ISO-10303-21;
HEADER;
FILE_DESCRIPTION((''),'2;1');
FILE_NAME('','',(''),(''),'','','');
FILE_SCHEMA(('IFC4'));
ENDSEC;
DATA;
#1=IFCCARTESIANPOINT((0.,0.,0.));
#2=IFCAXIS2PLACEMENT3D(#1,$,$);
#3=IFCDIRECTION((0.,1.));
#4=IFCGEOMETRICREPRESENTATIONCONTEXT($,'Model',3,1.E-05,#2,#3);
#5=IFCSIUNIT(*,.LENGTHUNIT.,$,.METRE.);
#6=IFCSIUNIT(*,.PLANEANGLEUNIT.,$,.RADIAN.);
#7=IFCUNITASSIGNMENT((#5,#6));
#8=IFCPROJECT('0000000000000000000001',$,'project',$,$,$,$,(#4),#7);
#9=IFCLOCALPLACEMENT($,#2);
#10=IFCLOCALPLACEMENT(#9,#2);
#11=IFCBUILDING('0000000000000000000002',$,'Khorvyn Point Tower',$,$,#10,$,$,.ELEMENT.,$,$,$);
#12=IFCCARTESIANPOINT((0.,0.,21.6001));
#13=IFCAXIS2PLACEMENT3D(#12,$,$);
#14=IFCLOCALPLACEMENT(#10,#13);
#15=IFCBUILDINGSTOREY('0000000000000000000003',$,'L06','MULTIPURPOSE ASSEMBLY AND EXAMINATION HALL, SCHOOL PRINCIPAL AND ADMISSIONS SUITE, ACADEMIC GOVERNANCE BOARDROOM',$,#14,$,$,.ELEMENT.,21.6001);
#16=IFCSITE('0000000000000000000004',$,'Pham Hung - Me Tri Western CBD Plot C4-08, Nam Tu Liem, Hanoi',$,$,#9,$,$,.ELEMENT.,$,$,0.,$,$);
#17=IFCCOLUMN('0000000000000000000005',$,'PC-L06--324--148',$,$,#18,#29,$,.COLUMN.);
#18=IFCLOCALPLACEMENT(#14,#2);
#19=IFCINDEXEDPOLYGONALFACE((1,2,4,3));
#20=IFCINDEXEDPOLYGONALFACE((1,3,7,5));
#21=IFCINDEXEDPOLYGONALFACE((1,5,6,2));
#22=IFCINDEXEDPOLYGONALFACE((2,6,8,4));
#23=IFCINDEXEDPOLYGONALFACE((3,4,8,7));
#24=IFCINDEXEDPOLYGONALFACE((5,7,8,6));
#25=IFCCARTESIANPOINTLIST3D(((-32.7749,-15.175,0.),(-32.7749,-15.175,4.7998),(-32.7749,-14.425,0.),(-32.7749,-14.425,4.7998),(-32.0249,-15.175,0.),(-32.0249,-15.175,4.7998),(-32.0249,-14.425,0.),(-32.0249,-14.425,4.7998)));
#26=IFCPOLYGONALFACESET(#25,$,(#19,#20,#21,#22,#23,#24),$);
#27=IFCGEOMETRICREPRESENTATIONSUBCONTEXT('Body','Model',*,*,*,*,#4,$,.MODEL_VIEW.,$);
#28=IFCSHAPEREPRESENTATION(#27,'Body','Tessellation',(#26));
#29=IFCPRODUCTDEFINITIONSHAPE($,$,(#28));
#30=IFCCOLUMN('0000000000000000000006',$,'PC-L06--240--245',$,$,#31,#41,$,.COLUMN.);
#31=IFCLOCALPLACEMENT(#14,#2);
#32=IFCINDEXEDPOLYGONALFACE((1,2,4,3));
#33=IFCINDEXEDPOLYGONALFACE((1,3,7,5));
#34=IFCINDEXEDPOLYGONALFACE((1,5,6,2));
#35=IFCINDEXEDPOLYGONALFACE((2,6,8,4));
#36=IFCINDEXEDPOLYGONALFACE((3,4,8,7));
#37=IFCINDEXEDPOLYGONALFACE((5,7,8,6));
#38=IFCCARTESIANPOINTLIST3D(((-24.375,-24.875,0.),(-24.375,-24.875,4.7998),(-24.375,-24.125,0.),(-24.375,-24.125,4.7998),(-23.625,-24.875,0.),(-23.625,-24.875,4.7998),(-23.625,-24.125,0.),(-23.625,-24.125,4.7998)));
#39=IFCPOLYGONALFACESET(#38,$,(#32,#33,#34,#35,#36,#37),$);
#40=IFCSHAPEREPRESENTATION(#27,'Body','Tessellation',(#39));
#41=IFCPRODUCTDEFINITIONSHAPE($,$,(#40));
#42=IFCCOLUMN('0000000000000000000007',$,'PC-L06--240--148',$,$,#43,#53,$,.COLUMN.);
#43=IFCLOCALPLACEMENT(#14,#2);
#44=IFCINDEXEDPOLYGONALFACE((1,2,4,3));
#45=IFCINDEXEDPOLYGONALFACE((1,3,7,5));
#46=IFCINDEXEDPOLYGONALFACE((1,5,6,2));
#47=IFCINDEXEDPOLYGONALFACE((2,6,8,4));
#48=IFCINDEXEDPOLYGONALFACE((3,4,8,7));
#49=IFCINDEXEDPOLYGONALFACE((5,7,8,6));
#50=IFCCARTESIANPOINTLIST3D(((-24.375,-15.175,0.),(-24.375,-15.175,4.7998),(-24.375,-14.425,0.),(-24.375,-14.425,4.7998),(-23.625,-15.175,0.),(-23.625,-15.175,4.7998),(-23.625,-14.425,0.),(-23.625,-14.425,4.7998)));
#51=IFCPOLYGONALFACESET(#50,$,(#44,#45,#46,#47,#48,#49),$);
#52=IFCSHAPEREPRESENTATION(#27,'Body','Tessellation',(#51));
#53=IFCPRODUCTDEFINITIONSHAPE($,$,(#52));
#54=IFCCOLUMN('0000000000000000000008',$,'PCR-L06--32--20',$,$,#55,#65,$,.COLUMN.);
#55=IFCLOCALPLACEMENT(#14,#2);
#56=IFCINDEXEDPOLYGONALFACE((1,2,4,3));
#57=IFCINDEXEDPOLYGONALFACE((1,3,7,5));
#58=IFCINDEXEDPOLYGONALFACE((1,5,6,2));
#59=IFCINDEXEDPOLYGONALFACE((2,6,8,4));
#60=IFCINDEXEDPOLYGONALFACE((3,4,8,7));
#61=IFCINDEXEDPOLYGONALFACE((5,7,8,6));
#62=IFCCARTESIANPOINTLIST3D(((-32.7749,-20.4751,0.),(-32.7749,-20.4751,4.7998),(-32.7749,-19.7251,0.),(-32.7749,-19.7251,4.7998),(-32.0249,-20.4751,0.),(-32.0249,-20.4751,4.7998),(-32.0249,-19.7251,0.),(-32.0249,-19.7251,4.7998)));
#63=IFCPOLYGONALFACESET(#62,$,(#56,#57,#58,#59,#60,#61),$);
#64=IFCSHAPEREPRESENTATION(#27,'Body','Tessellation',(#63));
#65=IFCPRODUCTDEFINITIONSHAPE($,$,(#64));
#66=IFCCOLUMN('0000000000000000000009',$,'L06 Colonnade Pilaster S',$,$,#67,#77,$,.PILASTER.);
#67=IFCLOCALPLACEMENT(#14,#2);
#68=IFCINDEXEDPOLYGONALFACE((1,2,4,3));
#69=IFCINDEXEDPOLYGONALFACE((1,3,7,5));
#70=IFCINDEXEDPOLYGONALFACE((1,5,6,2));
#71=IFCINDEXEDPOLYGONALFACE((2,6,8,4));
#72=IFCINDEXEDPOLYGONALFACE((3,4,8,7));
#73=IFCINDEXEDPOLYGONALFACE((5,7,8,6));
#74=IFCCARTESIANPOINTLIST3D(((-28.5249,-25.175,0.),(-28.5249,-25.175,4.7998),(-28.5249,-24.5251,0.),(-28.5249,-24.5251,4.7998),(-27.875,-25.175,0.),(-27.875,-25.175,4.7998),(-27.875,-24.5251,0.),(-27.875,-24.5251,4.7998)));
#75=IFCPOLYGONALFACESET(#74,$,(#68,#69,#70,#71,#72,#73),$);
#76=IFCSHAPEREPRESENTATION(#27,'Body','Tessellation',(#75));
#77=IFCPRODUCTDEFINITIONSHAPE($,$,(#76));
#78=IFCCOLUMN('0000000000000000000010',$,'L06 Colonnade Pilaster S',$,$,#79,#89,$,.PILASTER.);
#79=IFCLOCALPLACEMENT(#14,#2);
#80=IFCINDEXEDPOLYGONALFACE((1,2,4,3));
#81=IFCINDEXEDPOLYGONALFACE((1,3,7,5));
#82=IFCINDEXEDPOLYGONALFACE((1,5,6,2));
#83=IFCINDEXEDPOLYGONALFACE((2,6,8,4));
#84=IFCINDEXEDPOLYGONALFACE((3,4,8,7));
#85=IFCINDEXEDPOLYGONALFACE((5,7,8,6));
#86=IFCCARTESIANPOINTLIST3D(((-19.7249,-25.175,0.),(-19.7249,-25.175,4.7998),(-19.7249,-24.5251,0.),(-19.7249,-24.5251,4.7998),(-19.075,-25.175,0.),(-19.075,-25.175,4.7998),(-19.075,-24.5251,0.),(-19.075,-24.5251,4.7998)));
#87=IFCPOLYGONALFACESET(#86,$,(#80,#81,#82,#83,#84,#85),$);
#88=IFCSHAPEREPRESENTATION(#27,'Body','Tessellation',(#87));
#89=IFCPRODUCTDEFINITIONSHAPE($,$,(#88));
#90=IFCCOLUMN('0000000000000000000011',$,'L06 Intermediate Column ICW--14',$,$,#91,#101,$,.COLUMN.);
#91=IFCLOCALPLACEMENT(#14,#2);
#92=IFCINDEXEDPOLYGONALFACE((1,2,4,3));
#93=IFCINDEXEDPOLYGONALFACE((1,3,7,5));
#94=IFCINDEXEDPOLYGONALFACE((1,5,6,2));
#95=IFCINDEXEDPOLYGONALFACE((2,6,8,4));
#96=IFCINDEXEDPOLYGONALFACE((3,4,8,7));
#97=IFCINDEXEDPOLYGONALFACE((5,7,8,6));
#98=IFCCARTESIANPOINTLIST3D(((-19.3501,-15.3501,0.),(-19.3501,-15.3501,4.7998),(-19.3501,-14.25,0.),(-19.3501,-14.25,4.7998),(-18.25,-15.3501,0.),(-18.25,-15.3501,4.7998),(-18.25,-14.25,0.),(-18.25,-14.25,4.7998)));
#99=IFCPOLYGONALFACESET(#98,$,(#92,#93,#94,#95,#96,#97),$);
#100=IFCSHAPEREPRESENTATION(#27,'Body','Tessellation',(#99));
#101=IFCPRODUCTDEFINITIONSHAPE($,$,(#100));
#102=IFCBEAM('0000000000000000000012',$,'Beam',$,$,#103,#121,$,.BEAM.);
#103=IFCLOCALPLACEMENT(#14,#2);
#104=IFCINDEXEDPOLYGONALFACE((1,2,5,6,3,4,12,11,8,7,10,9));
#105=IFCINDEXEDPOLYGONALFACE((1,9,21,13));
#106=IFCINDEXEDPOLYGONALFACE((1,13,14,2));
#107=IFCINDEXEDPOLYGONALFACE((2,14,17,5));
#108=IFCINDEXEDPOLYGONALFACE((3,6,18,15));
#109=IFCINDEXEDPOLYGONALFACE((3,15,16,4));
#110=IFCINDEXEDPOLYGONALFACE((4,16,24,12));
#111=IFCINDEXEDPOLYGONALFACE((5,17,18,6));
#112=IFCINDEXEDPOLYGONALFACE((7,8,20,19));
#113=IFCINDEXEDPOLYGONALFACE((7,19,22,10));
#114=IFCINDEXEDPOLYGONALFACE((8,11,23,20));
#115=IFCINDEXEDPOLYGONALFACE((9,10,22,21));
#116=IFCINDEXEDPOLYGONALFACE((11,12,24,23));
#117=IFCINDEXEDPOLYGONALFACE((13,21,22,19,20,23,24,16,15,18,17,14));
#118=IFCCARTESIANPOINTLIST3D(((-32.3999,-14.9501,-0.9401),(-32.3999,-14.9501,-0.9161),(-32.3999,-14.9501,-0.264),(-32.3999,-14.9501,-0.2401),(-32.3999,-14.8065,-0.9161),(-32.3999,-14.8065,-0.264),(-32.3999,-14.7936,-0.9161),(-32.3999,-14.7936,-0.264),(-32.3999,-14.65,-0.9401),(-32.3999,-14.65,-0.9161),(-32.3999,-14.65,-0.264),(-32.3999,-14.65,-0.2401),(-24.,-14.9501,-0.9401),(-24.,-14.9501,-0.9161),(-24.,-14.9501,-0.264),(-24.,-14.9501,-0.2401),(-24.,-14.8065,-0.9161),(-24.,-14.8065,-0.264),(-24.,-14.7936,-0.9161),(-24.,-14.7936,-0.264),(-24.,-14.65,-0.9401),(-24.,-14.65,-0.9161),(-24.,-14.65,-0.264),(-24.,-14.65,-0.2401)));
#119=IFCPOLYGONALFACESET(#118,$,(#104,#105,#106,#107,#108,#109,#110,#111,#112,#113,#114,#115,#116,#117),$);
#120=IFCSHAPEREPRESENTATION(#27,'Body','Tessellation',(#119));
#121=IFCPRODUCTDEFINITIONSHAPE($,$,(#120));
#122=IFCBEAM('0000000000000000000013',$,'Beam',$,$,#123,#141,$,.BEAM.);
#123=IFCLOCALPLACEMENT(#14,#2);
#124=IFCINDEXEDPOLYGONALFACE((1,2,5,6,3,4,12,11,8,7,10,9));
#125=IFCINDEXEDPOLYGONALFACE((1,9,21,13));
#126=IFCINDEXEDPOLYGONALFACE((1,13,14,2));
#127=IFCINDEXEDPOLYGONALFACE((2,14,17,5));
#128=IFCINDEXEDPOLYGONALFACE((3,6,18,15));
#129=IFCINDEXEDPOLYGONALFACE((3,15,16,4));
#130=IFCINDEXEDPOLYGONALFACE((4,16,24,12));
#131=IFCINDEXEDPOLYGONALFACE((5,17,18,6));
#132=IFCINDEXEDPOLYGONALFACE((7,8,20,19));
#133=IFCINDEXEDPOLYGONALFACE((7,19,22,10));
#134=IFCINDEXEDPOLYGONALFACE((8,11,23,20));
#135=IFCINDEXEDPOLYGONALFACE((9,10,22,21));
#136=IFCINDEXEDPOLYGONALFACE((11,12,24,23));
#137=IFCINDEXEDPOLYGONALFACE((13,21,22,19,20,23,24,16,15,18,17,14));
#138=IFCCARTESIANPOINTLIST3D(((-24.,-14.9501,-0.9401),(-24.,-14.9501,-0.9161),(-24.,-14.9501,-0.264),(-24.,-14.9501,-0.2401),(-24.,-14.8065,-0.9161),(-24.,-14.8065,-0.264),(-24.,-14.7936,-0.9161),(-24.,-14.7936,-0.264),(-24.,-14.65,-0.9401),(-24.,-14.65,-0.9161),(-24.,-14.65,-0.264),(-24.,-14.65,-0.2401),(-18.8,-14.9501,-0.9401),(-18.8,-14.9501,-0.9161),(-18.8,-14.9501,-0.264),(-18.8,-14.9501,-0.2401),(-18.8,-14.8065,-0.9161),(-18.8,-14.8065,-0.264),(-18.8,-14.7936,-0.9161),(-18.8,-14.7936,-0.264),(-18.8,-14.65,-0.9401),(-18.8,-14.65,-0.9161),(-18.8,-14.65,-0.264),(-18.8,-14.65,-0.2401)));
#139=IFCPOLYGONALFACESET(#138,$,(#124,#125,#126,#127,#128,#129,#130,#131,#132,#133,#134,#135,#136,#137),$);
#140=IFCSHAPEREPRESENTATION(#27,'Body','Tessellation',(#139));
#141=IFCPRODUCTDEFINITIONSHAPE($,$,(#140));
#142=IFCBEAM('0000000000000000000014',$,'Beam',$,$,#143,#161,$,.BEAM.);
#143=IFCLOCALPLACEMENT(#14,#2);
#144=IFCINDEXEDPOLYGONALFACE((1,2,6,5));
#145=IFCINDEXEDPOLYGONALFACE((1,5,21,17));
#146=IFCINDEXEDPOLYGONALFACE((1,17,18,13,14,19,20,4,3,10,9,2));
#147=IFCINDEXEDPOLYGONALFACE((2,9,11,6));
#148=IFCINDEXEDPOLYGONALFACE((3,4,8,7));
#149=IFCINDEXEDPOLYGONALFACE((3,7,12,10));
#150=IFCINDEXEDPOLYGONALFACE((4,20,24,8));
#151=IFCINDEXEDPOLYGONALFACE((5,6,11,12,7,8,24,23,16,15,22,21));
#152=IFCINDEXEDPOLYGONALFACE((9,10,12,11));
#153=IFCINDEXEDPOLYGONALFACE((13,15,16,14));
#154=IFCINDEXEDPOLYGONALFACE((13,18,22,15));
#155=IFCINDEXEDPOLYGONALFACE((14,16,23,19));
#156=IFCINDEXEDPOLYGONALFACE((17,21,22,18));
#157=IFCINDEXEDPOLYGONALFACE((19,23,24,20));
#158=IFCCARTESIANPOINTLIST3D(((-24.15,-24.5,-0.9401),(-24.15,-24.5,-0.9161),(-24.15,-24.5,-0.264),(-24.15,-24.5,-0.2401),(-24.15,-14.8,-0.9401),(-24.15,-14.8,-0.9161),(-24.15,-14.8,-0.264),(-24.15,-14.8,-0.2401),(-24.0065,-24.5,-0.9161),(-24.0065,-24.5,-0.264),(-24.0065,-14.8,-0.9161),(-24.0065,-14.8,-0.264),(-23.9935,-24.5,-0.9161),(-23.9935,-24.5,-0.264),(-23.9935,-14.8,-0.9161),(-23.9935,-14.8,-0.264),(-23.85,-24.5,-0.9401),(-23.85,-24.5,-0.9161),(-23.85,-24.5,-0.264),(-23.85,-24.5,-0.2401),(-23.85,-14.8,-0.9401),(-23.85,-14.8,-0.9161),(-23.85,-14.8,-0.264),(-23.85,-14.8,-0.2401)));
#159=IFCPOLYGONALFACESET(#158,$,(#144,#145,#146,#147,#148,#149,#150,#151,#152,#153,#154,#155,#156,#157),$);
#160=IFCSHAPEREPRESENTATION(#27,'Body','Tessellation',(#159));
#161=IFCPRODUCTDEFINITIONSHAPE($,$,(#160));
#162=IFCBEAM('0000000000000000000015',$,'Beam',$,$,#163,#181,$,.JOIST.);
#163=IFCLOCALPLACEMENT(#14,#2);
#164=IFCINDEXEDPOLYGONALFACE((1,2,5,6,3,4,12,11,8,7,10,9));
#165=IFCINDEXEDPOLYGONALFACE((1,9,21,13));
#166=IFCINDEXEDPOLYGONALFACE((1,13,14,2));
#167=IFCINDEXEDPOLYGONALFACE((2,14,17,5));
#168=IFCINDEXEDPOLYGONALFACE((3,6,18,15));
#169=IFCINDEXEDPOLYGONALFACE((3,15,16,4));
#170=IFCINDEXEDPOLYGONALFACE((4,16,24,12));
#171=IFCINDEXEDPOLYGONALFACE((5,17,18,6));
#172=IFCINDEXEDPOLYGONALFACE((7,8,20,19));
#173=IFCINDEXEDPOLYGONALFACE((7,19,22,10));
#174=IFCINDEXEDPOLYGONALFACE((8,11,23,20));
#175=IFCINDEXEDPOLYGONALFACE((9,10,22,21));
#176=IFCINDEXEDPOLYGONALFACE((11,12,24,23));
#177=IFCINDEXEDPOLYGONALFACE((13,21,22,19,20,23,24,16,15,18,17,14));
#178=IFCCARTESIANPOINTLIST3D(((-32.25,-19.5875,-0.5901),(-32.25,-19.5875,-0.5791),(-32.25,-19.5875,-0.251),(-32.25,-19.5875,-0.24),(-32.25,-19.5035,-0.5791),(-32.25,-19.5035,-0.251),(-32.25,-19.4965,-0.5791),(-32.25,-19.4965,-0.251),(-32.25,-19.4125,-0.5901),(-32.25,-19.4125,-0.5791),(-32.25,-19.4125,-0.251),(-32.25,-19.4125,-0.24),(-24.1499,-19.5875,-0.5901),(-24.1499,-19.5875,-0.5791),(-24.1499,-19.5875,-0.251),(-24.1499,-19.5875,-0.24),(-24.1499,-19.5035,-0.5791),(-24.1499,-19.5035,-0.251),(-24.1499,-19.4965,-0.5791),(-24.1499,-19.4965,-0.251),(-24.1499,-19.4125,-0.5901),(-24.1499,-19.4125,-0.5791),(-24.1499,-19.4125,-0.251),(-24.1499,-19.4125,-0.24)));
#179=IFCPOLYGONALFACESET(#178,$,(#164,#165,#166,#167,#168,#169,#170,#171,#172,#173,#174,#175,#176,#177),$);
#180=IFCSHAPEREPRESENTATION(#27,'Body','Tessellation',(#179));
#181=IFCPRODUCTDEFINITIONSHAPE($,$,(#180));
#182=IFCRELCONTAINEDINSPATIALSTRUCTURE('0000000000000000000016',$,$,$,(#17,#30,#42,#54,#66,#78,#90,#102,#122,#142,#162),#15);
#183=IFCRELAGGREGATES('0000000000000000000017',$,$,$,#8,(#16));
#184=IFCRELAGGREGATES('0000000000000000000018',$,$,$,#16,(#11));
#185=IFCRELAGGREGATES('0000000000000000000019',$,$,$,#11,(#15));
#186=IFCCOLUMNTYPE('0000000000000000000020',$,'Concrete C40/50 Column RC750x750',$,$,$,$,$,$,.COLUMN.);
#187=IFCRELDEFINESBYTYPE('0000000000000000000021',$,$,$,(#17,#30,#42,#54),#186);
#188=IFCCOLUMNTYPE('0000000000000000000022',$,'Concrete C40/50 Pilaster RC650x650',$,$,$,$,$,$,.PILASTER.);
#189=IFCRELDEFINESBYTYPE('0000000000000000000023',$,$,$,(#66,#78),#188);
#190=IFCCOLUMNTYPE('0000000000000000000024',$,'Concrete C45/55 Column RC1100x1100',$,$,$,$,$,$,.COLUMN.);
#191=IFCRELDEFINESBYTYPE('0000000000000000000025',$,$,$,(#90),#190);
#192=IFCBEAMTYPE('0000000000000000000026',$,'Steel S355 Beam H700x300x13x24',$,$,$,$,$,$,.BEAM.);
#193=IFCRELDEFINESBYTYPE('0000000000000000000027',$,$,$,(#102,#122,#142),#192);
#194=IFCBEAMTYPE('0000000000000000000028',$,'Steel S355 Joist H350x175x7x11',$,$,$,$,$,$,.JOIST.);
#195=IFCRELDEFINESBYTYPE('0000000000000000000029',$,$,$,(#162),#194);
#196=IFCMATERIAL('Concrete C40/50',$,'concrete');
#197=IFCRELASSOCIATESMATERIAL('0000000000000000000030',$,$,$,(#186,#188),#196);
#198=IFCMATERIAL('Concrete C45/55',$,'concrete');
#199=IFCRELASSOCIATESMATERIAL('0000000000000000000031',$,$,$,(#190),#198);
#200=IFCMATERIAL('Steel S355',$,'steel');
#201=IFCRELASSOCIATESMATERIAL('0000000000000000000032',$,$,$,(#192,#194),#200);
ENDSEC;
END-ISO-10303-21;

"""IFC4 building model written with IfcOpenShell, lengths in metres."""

from ifc_helpers import new_model, si_unit, direction, frame, origin, origin_2d, place, context, subcontext, project, spatial, rectangle, i_section, extrude, material, material_profile, profile_set, type_object, element, save


model = new_model("IFC4")

# Units and contexts
model_context = context("Model", 3, precision=1e-05, world=origin(), true_north=direction((0.0, 1.0)))
body_context = subcontext(model_context, "Body", "Model", "MODEL_VIEW")
ifc_project = project(units=[si_unit("LENGTHUNIT", "METRE"), si_unit("PLANEANGLEUNIT", "RADIAN")], contexts=[model_context])

# Site, building, storey
site_placement = place(None, origin())
site = spatial("IfcSite", under=ifc_project, at=site_placement, Name="Pham Hung - Me Tri Western CBD Plot C4-08, Nam Tu Liem, Hanoi", CompositionType="ELEMENT", RefElevation=0.0)
building_placement = place(site_placement, origin())
building = spatial("IfcBuilding", under=site, at=building_placement, Name="Khorvyn Point Tower", CompositionType="ELEMENT")
storey_placement = place(building_placement, frame((0.0, 0.0, 21.6001)))
storey = spatial("IfcBuildingStorey", under=building, at=storey_placement, Name="L06", Description="MULTIPURPOSE ASSEMBLY AND EXAMINATION HALL, SCHOOL PRINCIPAL AND ADMISSIONS SUITE, ACADEMIC GOVERNANCE BOARDROOM", CompositionType="ELEMENT", Elevation=21.6001)

# Columns
ifc_material_1 = material(Name="Concrete C40/50", Category="concrete")
ifc_material_profile_1 = material_profile(ifc_material_1, rectangle(XDim=0.75, YDim=0.75, at=origin_2d()))
ifc_profile_set_1 = profile_set([ifc_material_profile_1], Name="Concrete C40/50 RC750x750")
column_type_1 = type_object("IfcColumnType", Name="Concrete C40/50 Column RC750x750", PredefinedType="COLUMN", material=ifc_profile_set_1)
for number, where, z_axis, x_axis, name in (
    (1, (-32.3999, -14.8, 0.0), (0.0, 0.0, 1.0), (1.0, 0.0, 0.0), "PC-L06--324--148"),
    (2, (-24.0, -24.5, 0.0), (0.0, 0.0, 1.0), (1.0, 0.0, 0.0), "PC-L06--240--245"),
    (3, (-24.0, -14.8, 0.0), (0.0, 0.0, 1.0), (1.0, 0.0, 0.0), "PC-L06--240--148"),
    (4, (-32.3999, -20.1001, 0.0), (0.0, 0.0, 1.0), (1.0, 0.0, 0.0), "PCR-L06--32--20"),
):
    element("IfcColumn", number, at=place(storey_placement, frame(where, z_axis=z_axis, x_axis=x_axis)), inside=storey, type_object=column_type_1, Name=name, PredefinedType="COLUMN", context=body_context, shape_type="SweptSolid", body=[
        extrude(rectangle(XDim=0.75, YDim=0.75, at=origin_2d()), origin(), (0.0, 0.0, 1.0), 4.7998),
    ])
ifc_material_profile_2 = material_profile(ifc_material_1, rectangle(XDim=0.6499, YDim=0.6499, at=origin_2d()))
ifc_profile_set_2 = profile_set([ifc_material_profile_2], Name="Concrete C40/50 RC650x650")
column_type_2 = type_object("IfcColumnType", Name="Concrete C40/50 Pilaster RC650x650", PredefinedType="PILASTER", material=ifc_profile_set_2)
for number, where, z_axis, x_axis, name in (
    (5, (-28.2, -24.8501, 0.0), (0.0, 0.0, 1.0), (1.0, 0.0, 0.0), "L06 Colonnade Pilaster S"),
    (6, (-19.3999, -24.8501, 0.0), (0.0, 0.0, 1.0), (1.0, 0.0, 0.0), "L06 Colonnade Pilaster S"),
):
    element("IfcColumn", number, at=place(storey_placement, frame(where, z_axis=z_axis, x_axis=x_axis)), inside=storey, type_object=column_type_2, Name=name, PredefinedType="PILASTER", context=body_context, shape_type="SweptSolid", body=[
        extrude(rectangle(XDim=0.6499, YDim=0.6499, at=origin_2d()), origin(), (0.0, 0.0, 1.0), 4.7998),
    ])
ifc_material_2 = material(Name="Concrete C45/55", Category="concrete")
ifc_material_profile_3 = material_profile(ifc_material_2, rectangle(XDim=1.1001, YDim=1.1001, at=origin_2d()))
ifc_profile_set_3 = profile_set([ifc_material_profile_3], Name="Concrete C45/55 RC1100x1100")
column_type_3 = type_object("IfcColumnType", Name="Concrete C45/55 Column RC1100x1100", PredefinedType="COLUMN", material=ifc_profile_set_3)
column_placement = place(storey_placement, frame((-18.8, -14.8, 0.0), z_axis=(0.0, 0.0, 1.0), x_axis=(1.0, 0.0, 0.0)))
element("IfcColumn", 7, at=column_placement, inside=storey, type_object=column_type_3, Name="L06 Intermediate Column ICW--14", PredefinedType="COLUMN", context=body_context, shape_type="SweptSolid", body=[
    extrude(rectangle(XDim=1.1001, YDim=1.1001, at=origin_2d()), origin(), (0.0, 0.0, 1.0), 4.7998),
])

# Beams
ifc_material_3 = material(Name="Steel S355", Category="steel")
ifc_material_profile_4 = material_profile(ifc_material_3, i_section(OverallWidth=0.3, OverallDepth=0.7, WebThickness=0.0129, FlangeThickness=0.0239, at=origin_2d()))
ifc_profile_set_4 = profile_set([ifc_material_profile_4], Name="Steel S355 H700x300x13x24")
beam_type_1 = type_object("IfcBeamType", Name="Steel S355 Beam H700x300x13x24", PredefinedType="BEAM", material=ifc_profile_set_4)
beam_1_placement = place(storey_placement, frame((-32.3999, -14.8, -0.5901), z_axis=(1.0, 0.0, 0.0), x_axis=(0.0, 1.0, 0.0)))
element("IfcBeam", 8, at=beam_1_placement, inside=storey, type_object=beam_type_1, Name="Beam", PredefinedType="BEAM", context=body_context, shape_type="SweptSolid", body=[
    extrude(i_section(OverallWidth=0.3, OverallDepth=0.7, WebThickness=0.0129, FlangeThickness=0.0239, at=origin_2d()), origin(), (0.0, 0.0, 1.0), 8.3999),
])
beam_2_placement = place(storey_placement, frame((-24.0, -14.8, -0.5901), z_axis=(1.0, 0.0, 0.0), x_axis=(0.0, 1.0, 0.0)))
element("IfcBeam", 9, at=beam_2_placement, inside=storey, type_object=beam_type_1, Name="Beam", PredefinedType="BEAM", context=body_context, shape_type="SweptSolid", body=[
    extrude(i_section(OverallWidth=0.3, OverallDepth=0.7, WebThickness=0.0129, FlangeThickness=0.0239, at=origin_2d()), origin(), (0.0, 0.0, 1.0), 5.2),
])
beam_3_placement = place(storey_placement, frame((-24.0, -24.5, -0.5901), z_axis=(0.0, 1.0, 0.0), x_axis=(-1.0, 0.0, 0.0)))
element("IfcBeam", 10, at=beam_3_placement, inside=storey, type_object=beam_type_1, Name="Beam", PredefinedType="BEAM", context=body_context, shape_type="SweptSolid", body=[
    extrude(i_section(OverallWidth=0.3, OverallDepth=0.7, WebThickness=0.0129, FlangeThickness=0.0239, at=origin_2d()), origin(), (0.0, 0.0, 1.0), 9.7),
])
ifc_material_profile_5 = material_profile(ifc_material_3, i_section(OverallWidth=0.175, OverallDepth=0.3501, WebThickness=0.0071, FlangeThickness=0.011, at=origin_2d()))
ifc_profile_set_5 = profile_set([ifc_material_profile_5], Name="Steel S355 H350x175x7x11")
beam_type_2 = type_object("IfcBeamType", Name="Steel S355 Joist H350x175x7x11", PredefinedType="JOIST", material=ifc_profile_set_5)
beam_4_placement = place(storey_placement, frame((-32.25, -19.5, -0.415), z_axis=(1.0, 0.0, 0.0), x_axis=(0.0, 1.0, 0.0)))
element("IfcBeam", 11, at=beam_4_placement, inside=storey, type_object=beam_type_2, Name="Beam", PredefinedType="JOIST", context=body_context, shape_type="SweptSolid", body=[
    extrude(i_section(OverallWidth=0.175, OverallDepth=0.3501, WebThickness=0.0071, FlangeThickness=0.011, at=origin_2d()), origin(), (0.0, 0.0, 1.0), 8.1001),
])

save(model, "model.ifc")
